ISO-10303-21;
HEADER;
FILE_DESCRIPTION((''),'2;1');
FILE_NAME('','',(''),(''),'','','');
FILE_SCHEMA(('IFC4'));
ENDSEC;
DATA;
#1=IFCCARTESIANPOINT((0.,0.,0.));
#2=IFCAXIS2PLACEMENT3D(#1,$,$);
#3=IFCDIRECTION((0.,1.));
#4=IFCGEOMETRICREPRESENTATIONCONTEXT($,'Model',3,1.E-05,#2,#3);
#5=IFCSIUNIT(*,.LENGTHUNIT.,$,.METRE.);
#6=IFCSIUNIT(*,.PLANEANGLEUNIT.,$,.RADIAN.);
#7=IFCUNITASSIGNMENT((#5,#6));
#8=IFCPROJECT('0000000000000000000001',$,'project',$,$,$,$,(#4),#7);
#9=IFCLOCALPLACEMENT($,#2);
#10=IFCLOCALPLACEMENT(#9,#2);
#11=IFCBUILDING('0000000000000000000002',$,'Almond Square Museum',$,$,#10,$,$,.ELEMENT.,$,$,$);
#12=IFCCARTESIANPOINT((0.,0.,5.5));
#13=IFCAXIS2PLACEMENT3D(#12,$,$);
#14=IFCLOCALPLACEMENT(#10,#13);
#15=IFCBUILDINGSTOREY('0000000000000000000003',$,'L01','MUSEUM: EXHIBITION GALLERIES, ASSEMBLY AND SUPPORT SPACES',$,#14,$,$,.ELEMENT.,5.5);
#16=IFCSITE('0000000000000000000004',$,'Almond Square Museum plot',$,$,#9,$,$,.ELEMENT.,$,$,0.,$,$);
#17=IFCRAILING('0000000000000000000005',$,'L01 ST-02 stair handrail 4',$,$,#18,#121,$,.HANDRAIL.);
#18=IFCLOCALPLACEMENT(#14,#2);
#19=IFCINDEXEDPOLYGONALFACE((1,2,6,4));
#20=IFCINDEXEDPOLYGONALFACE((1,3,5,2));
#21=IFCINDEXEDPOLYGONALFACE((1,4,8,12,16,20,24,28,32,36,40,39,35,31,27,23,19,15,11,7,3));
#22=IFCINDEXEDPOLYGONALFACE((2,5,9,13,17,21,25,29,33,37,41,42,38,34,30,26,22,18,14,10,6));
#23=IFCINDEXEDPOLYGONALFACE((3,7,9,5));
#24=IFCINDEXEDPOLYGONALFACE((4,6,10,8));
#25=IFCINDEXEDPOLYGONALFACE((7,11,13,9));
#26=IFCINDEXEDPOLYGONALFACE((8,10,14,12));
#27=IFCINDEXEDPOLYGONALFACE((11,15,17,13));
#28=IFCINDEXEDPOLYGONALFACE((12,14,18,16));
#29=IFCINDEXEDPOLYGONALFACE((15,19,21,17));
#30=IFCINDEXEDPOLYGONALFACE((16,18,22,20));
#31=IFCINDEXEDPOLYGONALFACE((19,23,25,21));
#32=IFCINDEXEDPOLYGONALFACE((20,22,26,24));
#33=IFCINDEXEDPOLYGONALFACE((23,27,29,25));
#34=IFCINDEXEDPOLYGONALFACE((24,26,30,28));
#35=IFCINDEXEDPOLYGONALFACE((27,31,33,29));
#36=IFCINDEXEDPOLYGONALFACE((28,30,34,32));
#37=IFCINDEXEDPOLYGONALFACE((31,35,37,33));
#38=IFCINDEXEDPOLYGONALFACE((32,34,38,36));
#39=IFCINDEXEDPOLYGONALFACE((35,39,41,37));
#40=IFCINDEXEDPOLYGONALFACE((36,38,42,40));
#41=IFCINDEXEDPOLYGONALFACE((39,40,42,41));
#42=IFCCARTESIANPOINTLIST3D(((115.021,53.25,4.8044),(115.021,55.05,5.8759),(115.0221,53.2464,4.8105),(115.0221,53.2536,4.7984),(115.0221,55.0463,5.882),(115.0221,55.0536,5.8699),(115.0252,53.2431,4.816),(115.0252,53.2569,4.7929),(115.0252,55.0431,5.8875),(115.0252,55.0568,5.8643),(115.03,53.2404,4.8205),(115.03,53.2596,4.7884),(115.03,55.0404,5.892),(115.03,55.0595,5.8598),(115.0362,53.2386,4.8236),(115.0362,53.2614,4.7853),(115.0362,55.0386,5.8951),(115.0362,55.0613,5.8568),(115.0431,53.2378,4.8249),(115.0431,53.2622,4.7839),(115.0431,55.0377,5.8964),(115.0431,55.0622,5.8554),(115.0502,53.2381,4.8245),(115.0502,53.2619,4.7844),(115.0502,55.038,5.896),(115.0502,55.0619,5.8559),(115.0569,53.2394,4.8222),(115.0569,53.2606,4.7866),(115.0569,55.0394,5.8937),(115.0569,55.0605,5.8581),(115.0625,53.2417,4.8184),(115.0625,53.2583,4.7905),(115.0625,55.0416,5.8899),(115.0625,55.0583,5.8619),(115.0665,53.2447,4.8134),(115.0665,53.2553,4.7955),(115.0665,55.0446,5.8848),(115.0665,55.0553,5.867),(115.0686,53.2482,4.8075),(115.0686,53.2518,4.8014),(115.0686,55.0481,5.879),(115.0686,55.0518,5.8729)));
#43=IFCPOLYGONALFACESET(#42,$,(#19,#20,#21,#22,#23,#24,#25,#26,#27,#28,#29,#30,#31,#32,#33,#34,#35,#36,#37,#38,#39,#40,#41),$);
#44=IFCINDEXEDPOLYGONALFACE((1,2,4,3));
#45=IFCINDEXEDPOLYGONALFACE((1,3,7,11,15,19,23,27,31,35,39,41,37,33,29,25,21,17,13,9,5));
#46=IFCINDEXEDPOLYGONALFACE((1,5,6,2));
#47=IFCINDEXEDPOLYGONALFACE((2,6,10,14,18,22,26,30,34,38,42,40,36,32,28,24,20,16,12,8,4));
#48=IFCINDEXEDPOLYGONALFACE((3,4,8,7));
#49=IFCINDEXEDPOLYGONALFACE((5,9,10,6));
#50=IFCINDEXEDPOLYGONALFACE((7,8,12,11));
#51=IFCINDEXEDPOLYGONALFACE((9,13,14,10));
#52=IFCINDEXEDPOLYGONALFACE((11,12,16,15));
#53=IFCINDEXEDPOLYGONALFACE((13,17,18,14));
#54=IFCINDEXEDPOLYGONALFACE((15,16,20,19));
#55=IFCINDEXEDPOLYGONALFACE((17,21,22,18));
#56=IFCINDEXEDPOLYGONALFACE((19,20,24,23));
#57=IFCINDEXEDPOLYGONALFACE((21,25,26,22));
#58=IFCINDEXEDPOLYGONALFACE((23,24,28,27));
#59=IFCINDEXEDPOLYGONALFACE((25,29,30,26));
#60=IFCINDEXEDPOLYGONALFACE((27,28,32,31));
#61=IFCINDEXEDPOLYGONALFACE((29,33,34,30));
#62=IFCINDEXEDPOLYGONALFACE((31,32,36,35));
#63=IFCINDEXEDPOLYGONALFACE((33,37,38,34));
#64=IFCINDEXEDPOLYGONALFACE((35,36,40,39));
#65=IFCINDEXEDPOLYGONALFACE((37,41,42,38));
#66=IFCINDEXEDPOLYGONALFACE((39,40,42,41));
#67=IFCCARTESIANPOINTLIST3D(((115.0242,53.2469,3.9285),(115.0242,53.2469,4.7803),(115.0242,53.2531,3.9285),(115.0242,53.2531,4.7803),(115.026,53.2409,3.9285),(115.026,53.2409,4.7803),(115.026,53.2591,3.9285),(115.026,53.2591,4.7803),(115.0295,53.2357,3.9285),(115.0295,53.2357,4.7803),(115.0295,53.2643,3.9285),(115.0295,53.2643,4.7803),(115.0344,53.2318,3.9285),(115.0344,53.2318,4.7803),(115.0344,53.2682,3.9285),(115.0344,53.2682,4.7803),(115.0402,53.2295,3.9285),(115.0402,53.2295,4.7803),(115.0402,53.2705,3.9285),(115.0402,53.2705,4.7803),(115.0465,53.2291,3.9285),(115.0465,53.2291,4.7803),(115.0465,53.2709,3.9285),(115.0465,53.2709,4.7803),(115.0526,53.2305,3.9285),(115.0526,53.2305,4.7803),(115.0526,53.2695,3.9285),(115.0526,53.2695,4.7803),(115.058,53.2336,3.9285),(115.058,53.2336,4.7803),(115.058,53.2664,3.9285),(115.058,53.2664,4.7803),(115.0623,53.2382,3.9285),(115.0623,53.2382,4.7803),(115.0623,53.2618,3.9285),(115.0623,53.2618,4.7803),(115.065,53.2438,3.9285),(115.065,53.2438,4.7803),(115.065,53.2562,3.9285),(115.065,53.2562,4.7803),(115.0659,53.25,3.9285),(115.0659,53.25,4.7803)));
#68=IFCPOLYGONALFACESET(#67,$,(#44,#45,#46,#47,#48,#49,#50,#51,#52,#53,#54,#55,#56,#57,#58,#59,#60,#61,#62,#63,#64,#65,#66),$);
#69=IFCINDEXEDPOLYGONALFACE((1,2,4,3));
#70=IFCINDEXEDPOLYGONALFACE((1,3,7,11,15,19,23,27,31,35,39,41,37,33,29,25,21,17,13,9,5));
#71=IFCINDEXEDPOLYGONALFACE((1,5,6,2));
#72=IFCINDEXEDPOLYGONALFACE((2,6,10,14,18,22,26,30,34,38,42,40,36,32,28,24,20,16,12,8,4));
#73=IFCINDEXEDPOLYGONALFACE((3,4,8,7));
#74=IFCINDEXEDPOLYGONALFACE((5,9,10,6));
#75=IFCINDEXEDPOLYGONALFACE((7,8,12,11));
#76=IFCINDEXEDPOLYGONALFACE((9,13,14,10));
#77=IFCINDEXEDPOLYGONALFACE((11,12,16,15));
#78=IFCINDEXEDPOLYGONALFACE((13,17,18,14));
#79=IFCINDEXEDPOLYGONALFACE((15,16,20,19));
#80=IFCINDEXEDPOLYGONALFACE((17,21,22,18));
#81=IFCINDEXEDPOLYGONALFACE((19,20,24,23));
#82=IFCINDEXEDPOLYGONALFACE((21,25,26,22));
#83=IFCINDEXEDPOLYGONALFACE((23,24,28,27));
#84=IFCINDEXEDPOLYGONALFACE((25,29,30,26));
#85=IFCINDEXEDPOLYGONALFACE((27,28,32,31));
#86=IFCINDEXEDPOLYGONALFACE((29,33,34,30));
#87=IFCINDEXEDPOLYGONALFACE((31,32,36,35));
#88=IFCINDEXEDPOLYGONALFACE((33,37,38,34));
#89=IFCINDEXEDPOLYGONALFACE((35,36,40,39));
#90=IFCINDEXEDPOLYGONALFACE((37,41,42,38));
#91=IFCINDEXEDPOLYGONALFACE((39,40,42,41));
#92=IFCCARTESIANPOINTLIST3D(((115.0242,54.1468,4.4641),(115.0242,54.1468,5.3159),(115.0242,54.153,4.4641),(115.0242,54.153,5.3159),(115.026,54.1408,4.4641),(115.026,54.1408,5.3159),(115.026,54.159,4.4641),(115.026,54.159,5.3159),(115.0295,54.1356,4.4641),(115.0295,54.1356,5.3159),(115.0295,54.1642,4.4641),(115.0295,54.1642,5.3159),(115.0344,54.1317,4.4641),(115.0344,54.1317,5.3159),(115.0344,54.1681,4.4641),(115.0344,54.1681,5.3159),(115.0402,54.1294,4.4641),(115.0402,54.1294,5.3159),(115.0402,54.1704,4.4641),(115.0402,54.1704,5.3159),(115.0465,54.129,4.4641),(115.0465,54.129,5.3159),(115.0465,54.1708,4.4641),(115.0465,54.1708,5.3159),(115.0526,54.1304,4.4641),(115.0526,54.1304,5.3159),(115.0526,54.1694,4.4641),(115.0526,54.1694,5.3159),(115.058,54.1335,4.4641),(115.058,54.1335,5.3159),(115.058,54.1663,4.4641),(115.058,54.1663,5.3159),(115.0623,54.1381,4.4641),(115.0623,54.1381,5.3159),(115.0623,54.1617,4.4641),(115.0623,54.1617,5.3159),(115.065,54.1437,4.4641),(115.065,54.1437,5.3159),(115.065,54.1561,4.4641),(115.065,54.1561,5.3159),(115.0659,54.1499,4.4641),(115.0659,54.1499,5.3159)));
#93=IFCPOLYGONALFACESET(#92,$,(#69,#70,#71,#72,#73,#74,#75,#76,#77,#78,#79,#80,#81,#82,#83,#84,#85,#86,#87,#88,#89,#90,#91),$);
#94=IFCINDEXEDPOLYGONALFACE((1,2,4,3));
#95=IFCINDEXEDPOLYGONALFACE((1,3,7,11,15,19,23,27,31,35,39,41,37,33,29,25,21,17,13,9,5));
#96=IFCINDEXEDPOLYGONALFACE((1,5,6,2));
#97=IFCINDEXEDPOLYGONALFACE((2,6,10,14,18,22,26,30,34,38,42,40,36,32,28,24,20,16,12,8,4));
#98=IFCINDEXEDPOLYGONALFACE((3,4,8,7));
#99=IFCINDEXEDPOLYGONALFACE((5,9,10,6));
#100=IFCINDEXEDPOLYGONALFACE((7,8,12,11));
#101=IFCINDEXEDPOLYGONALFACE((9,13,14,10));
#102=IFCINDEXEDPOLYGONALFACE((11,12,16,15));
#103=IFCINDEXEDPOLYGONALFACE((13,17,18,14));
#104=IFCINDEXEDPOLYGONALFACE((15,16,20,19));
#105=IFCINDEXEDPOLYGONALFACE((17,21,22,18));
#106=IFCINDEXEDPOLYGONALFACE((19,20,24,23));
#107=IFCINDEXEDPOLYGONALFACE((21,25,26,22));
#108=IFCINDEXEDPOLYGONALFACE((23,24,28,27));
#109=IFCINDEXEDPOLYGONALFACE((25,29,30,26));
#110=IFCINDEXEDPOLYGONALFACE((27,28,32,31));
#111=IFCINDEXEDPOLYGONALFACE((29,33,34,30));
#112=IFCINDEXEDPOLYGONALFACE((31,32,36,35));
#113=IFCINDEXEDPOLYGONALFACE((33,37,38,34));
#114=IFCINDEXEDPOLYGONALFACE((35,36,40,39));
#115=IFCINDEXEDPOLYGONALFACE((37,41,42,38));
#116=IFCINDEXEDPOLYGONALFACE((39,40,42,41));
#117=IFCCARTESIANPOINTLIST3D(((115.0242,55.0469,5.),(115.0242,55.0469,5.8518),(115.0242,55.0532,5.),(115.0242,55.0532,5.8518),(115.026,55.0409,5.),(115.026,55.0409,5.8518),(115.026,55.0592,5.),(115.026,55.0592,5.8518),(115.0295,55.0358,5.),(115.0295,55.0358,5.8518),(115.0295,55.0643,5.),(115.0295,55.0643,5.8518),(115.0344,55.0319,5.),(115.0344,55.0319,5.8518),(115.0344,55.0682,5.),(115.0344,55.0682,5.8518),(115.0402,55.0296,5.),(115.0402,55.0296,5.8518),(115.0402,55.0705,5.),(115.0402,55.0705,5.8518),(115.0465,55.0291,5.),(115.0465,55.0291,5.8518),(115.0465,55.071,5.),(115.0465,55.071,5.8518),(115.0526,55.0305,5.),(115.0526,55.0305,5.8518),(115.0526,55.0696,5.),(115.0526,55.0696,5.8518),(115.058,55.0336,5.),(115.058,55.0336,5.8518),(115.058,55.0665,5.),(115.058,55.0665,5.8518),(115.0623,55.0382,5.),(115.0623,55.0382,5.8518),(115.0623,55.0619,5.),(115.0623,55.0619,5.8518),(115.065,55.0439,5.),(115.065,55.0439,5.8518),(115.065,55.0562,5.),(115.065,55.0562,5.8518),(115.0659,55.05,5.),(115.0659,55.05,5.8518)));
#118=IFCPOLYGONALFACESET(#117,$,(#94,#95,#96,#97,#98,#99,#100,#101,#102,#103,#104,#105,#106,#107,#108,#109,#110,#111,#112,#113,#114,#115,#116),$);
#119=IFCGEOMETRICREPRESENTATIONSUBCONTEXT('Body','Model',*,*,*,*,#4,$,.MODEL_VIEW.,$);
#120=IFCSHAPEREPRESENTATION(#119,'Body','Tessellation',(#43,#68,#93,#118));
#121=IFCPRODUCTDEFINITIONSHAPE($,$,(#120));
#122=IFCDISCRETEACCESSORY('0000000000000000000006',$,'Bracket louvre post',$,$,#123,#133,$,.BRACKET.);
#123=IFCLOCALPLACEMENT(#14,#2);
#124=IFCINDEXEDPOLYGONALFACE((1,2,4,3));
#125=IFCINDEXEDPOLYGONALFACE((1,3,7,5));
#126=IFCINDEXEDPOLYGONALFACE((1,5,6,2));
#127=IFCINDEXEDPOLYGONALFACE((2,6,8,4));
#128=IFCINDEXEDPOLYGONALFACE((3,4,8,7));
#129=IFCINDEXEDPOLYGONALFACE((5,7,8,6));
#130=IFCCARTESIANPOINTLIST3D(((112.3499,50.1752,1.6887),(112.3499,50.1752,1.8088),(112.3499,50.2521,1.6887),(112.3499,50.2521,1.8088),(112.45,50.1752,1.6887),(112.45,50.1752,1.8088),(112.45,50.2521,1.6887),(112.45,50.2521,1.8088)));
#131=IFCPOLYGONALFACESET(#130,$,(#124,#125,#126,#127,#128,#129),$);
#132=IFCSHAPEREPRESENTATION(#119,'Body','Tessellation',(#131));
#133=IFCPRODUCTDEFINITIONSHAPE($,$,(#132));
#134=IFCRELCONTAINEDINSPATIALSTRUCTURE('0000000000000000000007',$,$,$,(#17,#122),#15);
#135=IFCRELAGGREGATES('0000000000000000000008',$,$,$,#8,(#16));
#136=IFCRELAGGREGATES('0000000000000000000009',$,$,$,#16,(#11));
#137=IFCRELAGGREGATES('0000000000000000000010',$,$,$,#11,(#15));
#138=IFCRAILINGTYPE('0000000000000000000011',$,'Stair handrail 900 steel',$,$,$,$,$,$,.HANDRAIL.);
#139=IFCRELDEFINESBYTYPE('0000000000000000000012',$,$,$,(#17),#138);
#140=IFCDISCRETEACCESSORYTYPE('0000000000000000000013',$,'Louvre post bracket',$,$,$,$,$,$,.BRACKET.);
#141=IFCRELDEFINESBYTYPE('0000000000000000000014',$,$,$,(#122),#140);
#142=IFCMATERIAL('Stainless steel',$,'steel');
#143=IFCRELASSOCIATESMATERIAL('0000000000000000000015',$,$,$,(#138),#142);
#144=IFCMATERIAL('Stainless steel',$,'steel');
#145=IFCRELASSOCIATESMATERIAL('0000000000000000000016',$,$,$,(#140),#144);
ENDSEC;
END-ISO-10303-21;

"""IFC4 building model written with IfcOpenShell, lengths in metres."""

from ifc_helpers import new_model, si_unit, direction, frame, origin, origin_2d, place, context, subcontext, project, spatial, rectangle, circle, extrude, material, type_object, element, save


model = new_model("IFC4")

# Units and contexts
model_context = context("Model", 3, precision=1e-05, world=origin(), true_north=direction((0.0, 1.0)))
body_context = subcontext(model_context, "Body", "Model", "MODEL_VIEW")
ifc_project = project(units=[si_unit("LENGTHUNIT", "METRE"), si_unit("PLANEANGLEUNIT", "RADIAN")], contexts=[model_context])

# Site, building, storey
site_placement = place(None, origin())
site = spatial("IfcSite", under=ifc_project, at=site_placement, Name="Almond Square Museum plot", CompositionType="ELEMENT", RefElevation=0.0)
building_placement = place(site_placement, origin())
building = spatial("IfcBuilding", under=site, at=building_placement, Name="Almond Square Museum", CompositionType="ELEMENT")
storey_placement = place(building_placement, frame((0.0, 0.0, 5.5)))
storey = spatial("IfcBuildingStorey", under=building, at=storey_placement, Name="L01", Description="MUSEUM: EXHIBITION GALLERIES, ASSEMBLY AND SUPPORT SPACES", CompositionType="ELEMENT", Elevation=5.5)

# Railing
ifc_material_1 = material(Name="Stainless steel", Category="steel")
railing_type_1 = type_object("IfcRailingType", Name="Stair handrail 900 steel", PredefinedType="HANDRAIL", material=ifc_material_1)
railing_1_placement = place(storey_placement, frame((115.0449, 53.25, 3.9285)))
element("IfcRailing", 1, at=railing_1_placement, inside=storey, type_object=railing_type_1, Name="L01 ST-02 stair handrail 4", PredefinedType="HANDRAIL", context=body_context, shape_type="SweptSolid", body=[
    extrude(circle(Radius=0.0239, at=origin_2d()), frame((0.0, 0.0, 0.876), z_axis=(0.0, 0.859277, 0.51151), x_axis=(-1.0, 0.0, 0.0)), (0.0, 0.0, 1.0), 2.0947),
    extrude(circle(Radius=0.021, at=origin_2d()), origin(), (0.0, 0.0, 1.0), 0.8518),
    extrude(circle(Radius=0.021, at=origin_2d()), frame((0.0, 0.8999, 0.5356)), (0.0, 0.0, 1.0), 0.8518),
    extrude(circle(Radius=0.021, at=origin_2d()), frame((0.0, 1.8, 1.0715)), (0.0, 0.0, 1.0), 0.8518),
])

# Discrete accessory
ifc_material_2 = material(Name="Stainless steel", Category="steel")
discrete_accessory_type = type_object("IfcDiscreteAccessoryType", Name="Louvre post bracket", PredefinedType="BRACKET", material=ifc_material_2)
discrete_accessory_placement = place(storey_placement, frame((112.3999, 50.2136, 1.6887), z_axis=(0.0, 0.0, 1.0), x_axis=(1.0, 0.0, 0.0)))
element("IfcDiscreteAccessory", 2, at=discrete_accessory_placement, inside=storey, type_object=discrete_accessory_type, Name="Bracket louvre post", PredefinedType="BRACKET", context=body_context, shape_type="SweptSolid", body=[
    extrude(rectangle(XDim=0.1001, YDim=0.0769, at=origin_2d()), origin(), (0.0, 0.0, 1.0), 0.1201),
])

save(model, "model.ifc")
